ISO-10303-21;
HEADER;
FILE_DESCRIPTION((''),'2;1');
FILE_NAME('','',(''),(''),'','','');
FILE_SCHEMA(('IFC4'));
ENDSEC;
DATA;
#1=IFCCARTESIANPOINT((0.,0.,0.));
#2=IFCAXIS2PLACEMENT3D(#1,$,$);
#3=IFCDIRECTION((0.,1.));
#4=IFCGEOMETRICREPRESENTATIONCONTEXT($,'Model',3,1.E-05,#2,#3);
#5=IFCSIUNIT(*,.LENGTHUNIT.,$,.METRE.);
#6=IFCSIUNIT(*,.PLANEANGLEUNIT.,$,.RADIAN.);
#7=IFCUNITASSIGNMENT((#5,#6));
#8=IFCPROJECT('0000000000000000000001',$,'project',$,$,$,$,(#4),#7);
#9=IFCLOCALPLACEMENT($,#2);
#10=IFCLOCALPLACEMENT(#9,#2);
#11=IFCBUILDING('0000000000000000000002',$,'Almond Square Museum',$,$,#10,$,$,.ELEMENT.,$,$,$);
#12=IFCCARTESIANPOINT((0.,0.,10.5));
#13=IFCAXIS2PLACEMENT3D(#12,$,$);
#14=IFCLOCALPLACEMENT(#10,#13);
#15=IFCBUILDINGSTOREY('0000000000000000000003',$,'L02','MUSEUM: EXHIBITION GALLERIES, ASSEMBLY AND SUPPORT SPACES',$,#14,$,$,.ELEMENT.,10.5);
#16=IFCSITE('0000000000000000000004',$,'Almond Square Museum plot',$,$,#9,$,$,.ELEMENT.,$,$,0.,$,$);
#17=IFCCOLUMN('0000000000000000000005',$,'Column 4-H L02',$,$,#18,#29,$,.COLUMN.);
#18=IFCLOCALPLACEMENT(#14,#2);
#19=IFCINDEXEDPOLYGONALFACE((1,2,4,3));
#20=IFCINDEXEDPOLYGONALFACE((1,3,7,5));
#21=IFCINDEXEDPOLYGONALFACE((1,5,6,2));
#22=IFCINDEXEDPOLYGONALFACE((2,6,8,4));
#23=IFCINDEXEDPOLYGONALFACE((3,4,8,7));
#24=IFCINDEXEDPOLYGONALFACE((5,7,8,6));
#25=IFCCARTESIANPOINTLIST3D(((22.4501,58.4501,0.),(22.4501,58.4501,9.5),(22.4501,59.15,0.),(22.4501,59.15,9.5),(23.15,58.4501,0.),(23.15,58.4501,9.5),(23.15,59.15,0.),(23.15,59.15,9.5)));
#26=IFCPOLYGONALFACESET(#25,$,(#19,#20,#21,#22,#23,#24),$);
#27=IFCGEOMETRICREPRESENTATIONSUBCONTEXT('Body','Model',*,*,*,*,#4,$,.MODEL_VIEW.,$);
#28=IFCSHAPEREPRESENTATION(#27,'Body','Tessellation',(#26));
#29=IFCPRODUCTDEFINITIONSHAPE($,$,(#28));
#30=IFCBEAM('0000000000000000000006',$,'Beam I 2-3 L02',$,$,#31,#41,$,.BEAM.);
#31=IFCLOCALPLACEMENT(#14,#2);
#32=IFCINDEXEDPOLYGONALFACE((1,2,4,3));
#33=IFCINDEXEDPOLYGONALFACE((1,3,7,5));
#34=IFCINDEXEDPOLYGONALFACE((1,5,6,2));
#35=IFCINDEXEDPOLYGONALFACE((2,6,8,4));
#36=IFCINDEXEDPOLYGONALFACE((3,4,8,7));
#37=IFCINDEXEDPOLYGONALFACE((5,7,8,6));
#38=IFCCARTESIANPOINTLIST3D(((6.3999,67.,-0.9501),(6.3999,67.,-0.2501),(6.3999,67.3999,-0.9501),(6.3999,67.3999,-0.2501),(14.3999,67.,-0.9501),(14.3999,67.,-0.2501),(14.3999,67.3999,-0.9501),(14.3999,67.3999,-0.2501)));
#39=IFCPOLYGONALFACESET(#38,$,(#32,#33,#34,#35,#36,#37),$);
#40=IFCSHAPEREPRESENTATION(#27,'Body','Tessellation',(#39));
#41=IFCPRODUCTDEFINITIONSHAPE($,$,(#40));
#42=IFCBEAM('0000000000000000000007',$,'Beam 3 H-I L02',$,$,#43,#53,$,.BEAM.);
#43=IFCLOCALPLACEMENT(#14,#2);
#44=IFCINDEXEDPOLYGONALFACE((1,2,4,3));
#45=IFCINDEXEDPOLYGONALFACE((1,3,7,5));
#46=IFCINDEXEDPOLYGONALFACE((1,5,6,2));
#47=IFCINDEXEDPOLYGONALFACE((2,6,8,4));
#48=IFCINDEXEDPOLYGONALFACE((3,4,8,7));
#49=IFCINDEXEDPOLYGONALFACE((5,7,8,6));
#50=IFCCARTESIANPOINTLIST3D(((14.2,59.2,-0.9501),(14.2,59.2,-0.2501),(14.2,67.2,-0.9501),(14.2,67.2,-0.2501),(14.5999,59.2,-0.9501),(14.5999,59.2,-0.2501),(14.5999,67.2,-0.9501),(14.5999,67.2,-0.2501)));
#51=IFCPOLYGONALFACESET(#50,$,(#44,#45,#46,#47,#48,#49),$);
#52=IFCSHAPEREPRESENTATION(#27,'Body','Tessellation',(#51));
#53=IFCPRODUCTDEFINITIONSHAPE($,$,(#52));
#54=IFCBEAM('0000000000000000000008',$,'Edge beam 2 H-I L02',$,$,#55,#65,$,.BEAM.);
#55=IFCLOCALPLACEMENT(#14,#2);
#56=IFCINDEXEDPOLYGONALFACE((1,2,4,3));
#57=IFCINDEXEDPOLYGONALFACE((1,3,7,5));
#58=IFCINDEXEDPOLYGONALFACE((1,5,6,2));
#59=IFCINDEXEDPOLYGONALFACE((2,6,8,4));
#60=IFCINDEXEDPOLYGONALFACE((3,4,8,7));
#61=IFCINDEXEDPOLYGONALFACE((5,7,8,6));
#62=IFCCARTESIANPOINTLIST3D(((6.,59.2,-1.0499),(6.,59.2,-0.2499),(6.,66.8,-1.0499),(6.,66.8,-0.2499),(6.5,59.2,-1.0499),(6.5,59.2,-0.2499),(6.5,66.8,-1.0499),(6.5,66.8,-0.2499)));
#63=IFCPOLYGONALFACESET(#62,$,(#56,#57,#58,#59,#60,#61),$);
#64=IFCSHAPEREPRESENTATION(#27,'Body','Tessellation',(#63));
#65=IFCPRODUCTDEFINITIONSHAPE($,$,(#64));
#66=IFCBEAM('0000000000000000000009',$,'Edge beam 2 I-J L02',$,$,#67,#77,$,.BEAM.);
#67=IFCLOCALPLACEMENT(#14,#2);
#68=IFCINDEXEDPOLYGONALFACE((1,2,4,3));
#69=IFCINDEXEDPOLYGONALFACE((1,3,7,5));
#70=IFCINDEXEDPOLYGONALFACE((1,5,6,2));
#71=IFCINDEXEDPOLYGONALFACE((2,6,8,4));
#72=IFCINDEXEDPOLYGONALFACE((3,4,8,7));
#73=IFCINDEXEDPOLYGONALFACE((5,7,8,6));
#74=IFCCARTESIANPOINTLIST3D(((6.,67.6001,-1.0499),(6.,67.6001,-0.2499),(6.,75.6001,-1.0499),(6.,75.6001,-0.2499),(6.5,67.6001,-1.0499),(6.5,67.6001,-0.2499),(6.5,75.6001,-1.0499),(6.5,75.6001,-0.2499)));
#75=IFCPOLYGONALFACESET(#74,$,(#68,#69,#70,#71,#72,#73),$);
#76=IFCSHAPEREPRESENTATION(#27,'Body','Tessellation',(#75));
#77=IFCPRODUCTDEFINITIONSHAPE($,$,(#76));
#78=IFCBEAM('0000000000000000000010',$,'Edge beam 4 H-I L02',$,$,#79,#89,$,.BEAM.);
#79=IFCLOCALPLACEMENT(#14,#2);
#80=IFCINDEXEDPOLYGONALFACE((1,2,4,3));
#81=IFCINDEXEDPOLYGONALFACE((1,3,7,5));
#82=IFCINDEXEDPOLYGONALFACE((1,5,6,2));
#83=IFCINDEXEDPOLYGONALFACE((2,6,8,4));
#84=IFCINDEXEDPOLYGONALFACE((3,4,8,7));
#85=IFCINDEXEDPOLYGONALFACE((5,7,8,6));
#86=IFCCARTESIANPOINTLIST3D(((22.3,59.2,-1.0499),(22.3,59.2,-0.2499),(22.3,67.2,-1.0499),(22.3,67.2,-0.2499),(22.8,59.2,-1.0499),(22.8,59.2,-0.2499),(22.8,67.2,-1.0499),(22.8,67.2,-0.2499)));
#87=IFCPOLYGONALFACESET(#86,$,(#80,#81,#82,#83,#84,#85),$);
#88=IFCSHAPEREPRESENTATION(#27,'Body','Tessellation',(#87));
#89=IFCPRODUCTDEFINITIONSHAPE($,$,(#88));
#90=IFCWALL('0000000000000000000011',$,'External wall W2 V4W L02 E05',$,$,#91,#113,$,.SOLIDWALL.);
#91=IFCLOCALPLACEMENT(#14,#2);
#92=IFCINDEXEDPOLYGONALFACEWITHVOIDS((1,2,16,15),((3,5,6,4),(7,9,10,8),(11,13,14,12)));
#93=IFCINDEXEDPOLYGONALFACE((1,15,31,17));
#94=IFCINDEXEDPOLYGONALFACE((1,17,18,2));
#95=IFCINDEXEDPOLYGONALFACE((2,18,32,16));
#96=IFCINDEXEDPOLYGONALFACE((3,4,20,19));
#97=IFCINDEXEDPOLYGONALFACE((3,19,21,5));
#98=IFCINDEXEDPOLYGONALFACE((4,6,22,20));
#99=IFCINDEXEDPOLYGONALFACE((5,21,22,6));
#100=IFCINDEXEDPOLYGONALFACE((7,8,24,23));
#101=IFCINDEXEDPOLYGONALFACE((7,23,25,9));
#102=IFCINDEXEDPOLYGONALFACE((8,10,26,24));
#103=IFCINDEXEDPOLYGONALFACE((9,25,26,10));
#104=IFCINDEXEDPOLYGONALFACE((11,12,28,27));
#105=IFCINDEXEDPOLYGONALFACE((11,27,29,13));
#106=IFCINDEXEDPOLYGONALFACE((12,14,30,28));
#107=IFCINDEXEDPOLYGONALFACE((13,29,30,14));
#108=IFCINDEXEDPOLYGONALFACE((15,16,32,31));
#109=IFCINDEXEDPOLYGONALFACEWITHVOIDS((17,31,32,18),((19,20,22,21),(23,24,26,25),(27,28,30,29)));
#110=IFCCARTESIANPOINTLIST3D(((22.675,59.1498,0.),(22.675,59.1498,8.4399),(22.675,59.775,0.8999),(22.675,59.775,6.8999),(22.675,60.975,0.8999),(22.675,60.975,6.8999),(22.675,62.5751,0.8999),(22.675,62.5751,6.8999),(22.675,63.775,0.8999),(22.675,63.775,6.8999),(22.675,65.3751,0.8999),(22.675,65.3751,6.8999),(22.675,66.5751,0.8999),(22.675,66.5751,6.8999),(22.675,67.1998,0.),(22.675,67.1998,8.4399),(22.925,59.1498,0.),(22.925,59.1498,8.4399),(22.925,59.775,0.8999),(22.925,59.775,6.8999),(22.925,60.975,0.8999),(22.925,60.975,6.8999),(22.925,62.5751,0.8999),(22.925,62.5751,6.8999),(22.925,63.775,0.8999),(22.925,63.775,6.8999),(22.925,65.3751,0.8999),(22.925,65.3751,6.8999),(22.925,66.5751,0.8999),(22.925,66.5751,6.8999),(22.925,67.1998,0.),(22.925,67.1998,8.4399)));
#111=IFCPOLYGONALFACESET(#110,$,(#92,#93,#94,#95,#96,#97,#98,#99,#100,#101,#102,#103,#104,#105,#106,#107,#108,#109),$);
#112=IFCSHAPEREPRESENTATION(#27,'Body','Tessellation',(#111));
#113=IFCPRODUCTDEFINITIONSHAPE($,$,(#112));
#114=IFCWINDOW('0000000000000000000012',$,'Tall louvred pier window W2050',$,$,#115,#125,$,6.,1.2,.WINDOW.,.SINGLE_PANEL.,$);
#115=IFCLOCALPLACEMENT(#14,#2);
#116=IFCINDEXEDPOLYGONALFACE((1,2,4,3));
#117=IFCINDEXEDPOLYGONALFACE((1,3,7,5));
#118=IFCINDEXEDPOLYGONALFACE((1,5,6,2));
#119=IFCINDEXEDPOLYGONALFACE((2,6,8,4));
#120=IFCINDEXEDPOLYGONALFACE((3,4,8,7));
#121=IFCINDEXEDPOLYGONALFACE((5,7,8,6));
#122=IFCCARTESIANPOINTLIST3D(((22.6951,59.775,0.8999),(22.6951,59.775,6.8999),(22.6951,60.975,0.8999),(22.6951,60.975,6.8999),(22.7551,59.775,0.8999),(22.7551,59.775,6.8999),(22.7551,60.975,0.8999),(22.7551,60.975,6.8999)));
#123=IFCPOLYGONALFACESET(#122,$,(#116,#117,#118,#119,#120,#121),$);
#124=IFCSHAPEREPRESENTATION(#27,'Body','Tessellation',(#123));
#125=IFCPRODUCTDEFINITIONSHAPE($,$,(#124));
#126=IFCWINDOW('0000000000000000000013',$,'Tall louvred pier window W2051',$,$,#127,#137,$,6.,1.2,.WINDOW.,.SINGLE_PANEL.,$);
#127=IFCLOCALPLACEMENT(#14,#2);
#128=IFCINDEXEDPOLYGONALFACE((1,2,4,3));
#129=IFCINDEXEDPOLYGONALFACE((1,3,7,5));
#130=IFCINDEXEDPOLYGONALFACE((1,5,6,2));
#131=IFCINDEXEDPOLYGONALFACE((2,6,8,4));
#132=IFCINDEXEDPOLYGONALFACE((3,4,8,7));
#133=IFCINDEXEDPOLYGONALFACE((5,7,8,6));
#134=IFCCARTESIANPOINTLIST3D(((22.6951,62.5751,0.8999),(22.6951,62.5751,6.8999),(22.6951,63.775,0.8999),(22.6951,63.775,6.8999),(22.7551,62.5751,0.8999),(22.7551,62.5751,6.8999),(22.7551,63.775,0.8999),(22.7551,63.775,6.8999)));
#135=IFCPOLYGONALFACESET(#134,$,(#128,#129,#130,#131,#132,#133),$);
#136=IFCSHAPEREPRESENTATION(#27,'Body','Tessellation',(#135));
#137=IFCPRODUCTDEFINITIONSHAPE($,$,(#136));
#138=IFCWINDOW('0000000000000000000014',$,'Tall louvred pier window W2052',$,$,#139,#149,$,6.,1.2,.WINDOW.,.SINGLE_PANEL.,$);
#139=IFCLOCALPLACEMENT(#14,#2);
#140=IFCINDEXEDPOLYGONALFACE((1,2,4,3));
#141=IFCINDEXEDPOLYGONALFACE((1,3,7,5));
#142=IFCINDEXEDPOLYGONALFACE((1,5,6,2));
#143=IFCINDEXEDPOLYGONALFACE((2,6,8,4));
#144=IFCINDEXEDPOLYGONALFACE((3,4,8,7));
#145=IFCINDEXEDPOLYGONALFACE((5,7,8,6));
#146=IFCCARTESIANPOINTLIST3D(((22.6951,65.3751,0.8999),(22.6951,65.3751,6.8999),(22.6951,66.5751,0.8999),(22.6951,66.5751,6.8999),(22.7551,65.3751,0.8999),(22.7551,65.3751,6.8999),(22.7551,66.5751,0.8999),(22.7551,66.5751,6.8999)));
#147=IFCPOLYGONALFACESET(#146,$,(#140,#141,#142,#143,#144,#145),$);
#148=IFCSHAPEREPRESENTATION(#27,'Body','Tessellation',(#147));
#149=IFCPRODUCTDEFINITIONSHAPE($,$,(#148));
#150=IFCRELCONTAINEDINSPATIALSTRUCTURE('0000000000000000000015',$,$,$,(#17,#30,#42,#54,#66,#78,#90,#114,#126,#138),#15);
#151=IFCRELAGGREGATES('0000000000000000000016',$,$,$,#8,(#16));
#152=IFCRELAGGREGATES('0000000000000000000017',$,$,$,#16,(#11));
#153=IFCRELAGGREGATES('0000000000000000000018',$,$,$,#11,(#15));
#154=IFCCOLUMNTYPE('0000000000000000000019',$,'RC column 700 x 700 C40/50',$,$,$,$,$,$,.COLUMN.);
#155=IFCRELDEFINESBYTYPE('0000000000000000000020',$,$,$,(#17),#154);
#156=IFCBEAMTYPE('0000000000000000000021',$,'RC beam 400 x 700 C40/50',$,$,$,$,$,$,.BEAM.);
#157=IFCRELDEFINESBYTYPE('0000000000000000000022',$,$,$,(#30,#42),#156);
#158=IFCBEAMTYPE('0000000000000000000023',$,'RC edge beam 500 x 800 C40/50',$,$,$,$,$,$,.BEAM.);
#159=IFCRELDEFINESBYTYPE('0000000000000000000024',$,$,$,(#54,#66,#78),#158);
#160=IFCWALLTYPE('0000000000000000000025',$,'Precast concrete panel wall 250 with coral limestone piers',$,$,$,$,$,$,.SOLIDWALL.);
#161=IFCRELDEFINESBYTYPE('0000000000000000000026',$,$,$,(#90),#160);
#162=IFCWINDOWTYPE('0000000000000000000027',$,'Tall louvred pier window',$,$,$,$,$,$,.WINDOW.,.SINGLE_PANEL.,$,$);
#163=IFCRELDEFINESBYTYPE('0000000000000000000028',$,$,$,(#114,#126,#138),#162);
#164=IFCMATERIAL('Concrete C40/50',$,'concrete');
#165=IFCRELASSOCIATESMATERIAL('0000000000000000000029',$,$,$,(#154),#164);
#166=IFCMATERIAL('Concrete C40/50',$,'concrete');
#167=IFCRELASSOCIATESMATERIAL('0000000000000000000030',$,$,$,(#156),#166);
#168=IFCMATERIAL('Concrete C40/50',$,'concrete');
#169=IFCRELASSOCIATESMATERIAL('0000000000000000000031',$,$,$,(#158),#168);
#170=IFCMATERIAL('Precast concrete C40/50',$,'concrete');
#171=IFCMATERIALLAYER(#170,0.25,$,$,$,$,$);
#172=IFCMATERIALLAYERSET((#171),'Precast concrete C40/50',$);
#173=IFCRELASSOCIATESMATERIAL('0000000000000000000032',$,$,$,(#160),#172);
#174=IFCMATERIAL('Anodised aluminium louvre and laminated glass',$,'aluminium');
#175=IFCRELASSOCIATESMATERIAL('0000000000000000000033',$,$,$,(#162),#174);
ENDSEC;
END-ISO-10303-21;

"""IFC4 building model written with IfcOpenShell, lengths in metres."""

from ifc_helpers import new_model, si_unit, direction, frame, frame_2d, origin, origin_2d, place, context, subcontext, project, spatial, rectangle, extrude, material, layer, layer_set, material_profile, profile_set, type_object, element, fill, save


model = new_model("IFC4")

# Units and contexts
model_context = context("Model", 3, precision=1e-05, world=origin(), true_north=direction((0.0, 1.0)))
body_context = subcontext(model_context, "Body", "Model", "MODEL_VIEW")
ifc_project = project(units=[si_unit("LENGTHUNIT", "METRE"), si_unit("PLANEANGLEUNIT", "RADIAN")], contexts=[model_context])

# Site, building, storey
site_placement = place(None, origin())
site = spatial("IfcSite", under=ifc_project, at=site_placement, Name="Almond Square Museum plot", CompositionType="ELEMENT", RefElevation=0.0)
building_placement = place(site_placement, origin())
building = spatial("IfcBuilding", under=site, at=building_placement, Name="Almond Square Museum", CompositionType="ELEMENT")
storey_placement = place(building_placement, frame((0.0, 0.0, 10.5)))
storey = spatial("IfcBuildingStorey", under=building, at=storey_placement, Name="L02", Description="MUSEUM: EXHIBITION GALLERIES, ASSEMBLY AND SUPPORT SPACES", CompositionType="ELEMENT", Elevation=10.5)

# Column
ifc_material_1 = material(Name="Concrete C40/50", Category="concrete")
ifc_material_profile_1 = material_profile(ifc_material_1, rectangle(XDim=0.7, YDim=0.7, at=origin_2d()))
ifc_profile_set_1 = profile_set([ifc_material_profile_1], Name="Concrete C40/50")
column_type = type_object("IfcColumnType", Name="RC column 700 x 700 C40/50", PredefinedType="COLUMN", material=ifc_profile_set_1)
column_placement = place(storey_placement, frame((22.8, 58.8, 0.0), z_axis=(0.0, 0.0, 1.0), x_axis=(1.0, 0.0, 0.0)))
element("IfcColumn", 1, at=column_placement, inside=storey, type_object=column_type, Name="Column 4-H L02", PredefinedType="COLUMN", context=body_context, shape_type="SweptSolid", body=[
    extrude(rectangle(XDim=0.7, YDim=0.7, at=origin_2d()), origin(), (0.0, 0.0, 1.0), 9.5),
])

# Beams
ifc_material_2 = material(Name="Concrete C40/50", Category="concrete")
ifc_material_profile_2 = material_profile(ifc_material_2, rectangle(XDim=0.3999, YDim=0.7, at=origin_2d()))
ifc_profile_set_2 = profile_set([ifc_material_profile_2], Name="Concrete C40/50")
beam_type_1 = type_object("IfcBeamType", Name="RC beam 400 x 700 C40/50", PredefinedType="BEAM", material=ifc_profile_set_2)
for number, where, z_axis, x_axis, name in (
    (2, (6.3999, 67.2, -0.6001), (1.0, 0.0, 0.0), (0.0, 1.0, 0.0), "Beam I 2-3 L02"),
    (3, (14.3999, 59.2, -0.6001), (0.0, 1.0, 0.0), (-1.0, 0.0, 0.0), "Beam 3 H-I L02"),
):
    element("IfcBeam", number, at=place(storey_placement, frame(where, z_axis=z_axis, x_axis=x_axis)), inside=storey, type_object=beam_type_1, Name=name, PredefinedType="BEAM", context=body_context, shape_type="SweptSolid", body=[
        extrude(rectangle(XDim=0.3999, YDim=0.7, at=origin_2d()), origin(), (0.0, 0.0, 1.0), 8.0),
    ])
ifc_material_3 = material(Name="Concrete C40/50", Category="concrete")
ifc_material_profile_3 = material_profile(ifc_material_3, rectangle(XDim=0.5, YDim=0.8, at=origin_2d()))
ifc_profile_set_3 = profile_set([ifc_material_profile_3], Name="Concrete C40/50")
beam_type_2 = type_object("IfcBeamType", Name="RC edge beam 500 x 800 C40/50", PredefinedType="BEAM", material=ifc_profile_set_3)
beam_placement = place(storey_placement, frame((6.25, 59.2, -0.6499), z_axis=(0.0, 1.0, 0.0), x_axis=(-1.0, 0.0, 0.0)))
element("IfcBeam", 4, at=beam_placement, inside=storey, type_object=beam_type_2, Name="Edge beam 2 H-I L02", PredefinedType="BEAM", context=body_context, shape_type="SweptSolid", body=[
    extrude(rectangle(XDim=0.5, YDim=0.8, at=origin_2d()), origin(), (0.0, 0.0, 1.0), 7.6001),
])
for number, where, z_axis, x_axis, name in (
    (5, (6.25, 67.6001, -0.6499), (0.0, 1.0, 0.0), (-1.0, 0.0, 0.0), "Edge beam 2 I-J L02"),
    (6, (22.55, 59.2, -0.6499), (0.0, 1.0, 0.0), (-1.0, 0.0, 0.0), "Edge beam 4 H-I L02"),
):
    element("IfcBeam", number, at=place(storey_placement, frame(where, z_axis=z_axis, x_axis=x_axis)), inside=storey, type_object=beam_type_2, Name=name, PredefinedType="BEAM", context=body_context, shape_type="SweptSolid", body=[
        extrude(rectangle(XDim=0.5, YDim=0.8, at=origin_2d()), origin(), (0.0, 0.0, 1.0), 8.0),
    ])

# Wall, openings, windows
ifc_material_4 = material(Name="Precast concrete C40/50", Category="concrete")
ifc_layer_1 = layer(ifc_material_4, 0.25)
ifc_layer_set_1 = layer_set([ifc_layer_1], Name="Precast concrete C40/50")
wall_type_1 = type_object("IfcWallType", Name="Precast concrete panel wall 250 with coral limestone piers", PredefinedType="SOLIDWALL", material=ifc_layer_set_1)
wall_1_placement = place(storey_placement, frame((22.8, 59.1499, 0.0), z_axis=(0.0, 0.0, 1.0), x_axis=(0.0, 1.0, 0.0)))
wall_1 = element("IfcWall", 7, at=wall_1_placement, inside=storey, type_object=wall_type_1, Name="External wall W2 V4W L02 E05", PredefinedType="SOLIDWALL", context=body_context, shape_type="SweptSolid", body=[
    extrude(rectangle(XDim=8.05, YDim=0.25, at=frame_2d((4.0249, 0.0))), origin(), (0.0, 0.0, 1.0), 8.4399),
])
opening_1_placement = place(wall_1_placement, frame((0.625, 0.0, 0.8999)))
opening_1 = element("IfcOpeningElement", 8, at=opening_1_placement, cuts=wall_1, PredefinedType="OPENING", context=body_context, shape_type="SweptSolid", body=[
    extrude(rectangle(XDim=1.2, YDim=6.0, at=frame_2d((0.6001, 3.0))), frame((0.0, 0.135, 0.0), z_axis=(0.0, -1.0, 0.0), x_axis=(1.0, 0.0, 0.0)), (0.0, 0.0, 1.0), 0.27),
])
opening_2_placement = place(wall_1_placement, frame((3.425, 0.0, 0.8999)))
opening_2 = element("IfcOpeningElement", 9, at=opening_2_placement, cuts=wall_1, PredefinedType="OPENING", context=body_context, shape_type="SweptSolid", body=[
    extrude(rectangle(XDim=1.2, YDim=6.0, at=frame_2d((0.6001, 3.0))), frame((0.0, 0.135, 0.0), z_axis=(0.0, -1.0, 0.0), x_axis=(1.0, 0.0, 0.0)), (0.0, 0.0, 1.0), 0.27),
])
opening_3_placement = place(wall_1_placement, frame((6.2251, 0.0, 0.8999)))
opening_3 = element("IfcOpeningElement", 10, at=opening_3_placement, cuts=wall_1, PredefinedType="OPENING", context=body_context, shape_type="SweptSolid", body=[
    extrude(rectangle(XDim=1.2, YDim=6.0, at=frame_2d((0.6001, 3.0))), frame((0.0, 0.135, 0.0), z_axis=(0.0, -1.0, 0.0), x_axis=(1.0, 0.0, 0.0)), (0.0, 0.0, 1.0), 0.27),
])
ifc_material_5 = material(Name="Anodised aluminium louvre and laminated glass", Category="aluminium")
window_type = type_object("IfcWindowType", Name="Tall louvred pier window", PartitioningType="SINGLE_PANEL", PredefinedType="WINDOW", material=ifc_material_5)
window_1_placement = place(opening_1_placement, origin())
window_1 = element("IfcWindow", 11, at=window_1_placement, inside=storey, type_object=window_type, Name="Tall louvred pier window W2050", OverallHeight=6.0, OverallWidth=1.2, PartitioningType="SINGLE_PANEL", PredefinedType="WINDOW", context=body_context, shape_type="SweptSolid", body=[
    extrude(rectangle(XDim=1.2, YDim=6.0, at=frame_2d((0.6001, 3.0))), frame((0.0, 0.105, 0.0), z_axis=(0.0, -1.0, 0.0), x_axis=(1.0, 0.0, 0.0)), (0.0, 0.0, 1.0), 0.0601),
])
fill(opening_1, window_1)
window_2_placement = place(opening_2_placement, origin())
window_2 = element("IfcWindow", 12, at=window_2_placement, inside=storey, type_object=window_type, Name="Tall louvred pier window W2051", OverallHeight=6.0, OverallWidth=1.2, PartitioningType="SINGLE_PANEL", PredefinedType="WINDOW", context=body_context, shape_type="SweptSolid", body=[
    extrude(rectangle(XDim=1.2, YDim=6.0, at=frame_2d((0.6001, 3.0))), frame((0.0, 0.105, 0.0), z_axis=(0.0, -1.0, 0.0), x_axis=(1.0, 0.0, 0.0)), (0.0, 0.0, 1.0), 0.0601),
])
fill(opening_2, window_2)
window_3_placement = place(opening_3_placement, origin())
window_3 = element("IfcWindow", 13, at=window_3_placement, inside=storey, type_object=window_type, Name="Tall louvred pier window W2052", OverallHeight=6.0, OverallWidth=1.2, PartitioningType="SINGLE_PANEL", PredefinedType="WINDOW", context=body_context, shape_type="SweptSolid", body=[
    extrude(rectangle(XDim=1.2, YDim=6.0, at=frame_2d((0.6001, 3.0))), frame((0.0, 0.105, 0.0), z_axis=(0.0, -1.0, 0.0), x_axis=(1.0, 0.0, 0.0)), (0.0, 0.0, 1.0), 0.0601),
])
fill(opening_3, window_3)

save(model, "model.ifc")
